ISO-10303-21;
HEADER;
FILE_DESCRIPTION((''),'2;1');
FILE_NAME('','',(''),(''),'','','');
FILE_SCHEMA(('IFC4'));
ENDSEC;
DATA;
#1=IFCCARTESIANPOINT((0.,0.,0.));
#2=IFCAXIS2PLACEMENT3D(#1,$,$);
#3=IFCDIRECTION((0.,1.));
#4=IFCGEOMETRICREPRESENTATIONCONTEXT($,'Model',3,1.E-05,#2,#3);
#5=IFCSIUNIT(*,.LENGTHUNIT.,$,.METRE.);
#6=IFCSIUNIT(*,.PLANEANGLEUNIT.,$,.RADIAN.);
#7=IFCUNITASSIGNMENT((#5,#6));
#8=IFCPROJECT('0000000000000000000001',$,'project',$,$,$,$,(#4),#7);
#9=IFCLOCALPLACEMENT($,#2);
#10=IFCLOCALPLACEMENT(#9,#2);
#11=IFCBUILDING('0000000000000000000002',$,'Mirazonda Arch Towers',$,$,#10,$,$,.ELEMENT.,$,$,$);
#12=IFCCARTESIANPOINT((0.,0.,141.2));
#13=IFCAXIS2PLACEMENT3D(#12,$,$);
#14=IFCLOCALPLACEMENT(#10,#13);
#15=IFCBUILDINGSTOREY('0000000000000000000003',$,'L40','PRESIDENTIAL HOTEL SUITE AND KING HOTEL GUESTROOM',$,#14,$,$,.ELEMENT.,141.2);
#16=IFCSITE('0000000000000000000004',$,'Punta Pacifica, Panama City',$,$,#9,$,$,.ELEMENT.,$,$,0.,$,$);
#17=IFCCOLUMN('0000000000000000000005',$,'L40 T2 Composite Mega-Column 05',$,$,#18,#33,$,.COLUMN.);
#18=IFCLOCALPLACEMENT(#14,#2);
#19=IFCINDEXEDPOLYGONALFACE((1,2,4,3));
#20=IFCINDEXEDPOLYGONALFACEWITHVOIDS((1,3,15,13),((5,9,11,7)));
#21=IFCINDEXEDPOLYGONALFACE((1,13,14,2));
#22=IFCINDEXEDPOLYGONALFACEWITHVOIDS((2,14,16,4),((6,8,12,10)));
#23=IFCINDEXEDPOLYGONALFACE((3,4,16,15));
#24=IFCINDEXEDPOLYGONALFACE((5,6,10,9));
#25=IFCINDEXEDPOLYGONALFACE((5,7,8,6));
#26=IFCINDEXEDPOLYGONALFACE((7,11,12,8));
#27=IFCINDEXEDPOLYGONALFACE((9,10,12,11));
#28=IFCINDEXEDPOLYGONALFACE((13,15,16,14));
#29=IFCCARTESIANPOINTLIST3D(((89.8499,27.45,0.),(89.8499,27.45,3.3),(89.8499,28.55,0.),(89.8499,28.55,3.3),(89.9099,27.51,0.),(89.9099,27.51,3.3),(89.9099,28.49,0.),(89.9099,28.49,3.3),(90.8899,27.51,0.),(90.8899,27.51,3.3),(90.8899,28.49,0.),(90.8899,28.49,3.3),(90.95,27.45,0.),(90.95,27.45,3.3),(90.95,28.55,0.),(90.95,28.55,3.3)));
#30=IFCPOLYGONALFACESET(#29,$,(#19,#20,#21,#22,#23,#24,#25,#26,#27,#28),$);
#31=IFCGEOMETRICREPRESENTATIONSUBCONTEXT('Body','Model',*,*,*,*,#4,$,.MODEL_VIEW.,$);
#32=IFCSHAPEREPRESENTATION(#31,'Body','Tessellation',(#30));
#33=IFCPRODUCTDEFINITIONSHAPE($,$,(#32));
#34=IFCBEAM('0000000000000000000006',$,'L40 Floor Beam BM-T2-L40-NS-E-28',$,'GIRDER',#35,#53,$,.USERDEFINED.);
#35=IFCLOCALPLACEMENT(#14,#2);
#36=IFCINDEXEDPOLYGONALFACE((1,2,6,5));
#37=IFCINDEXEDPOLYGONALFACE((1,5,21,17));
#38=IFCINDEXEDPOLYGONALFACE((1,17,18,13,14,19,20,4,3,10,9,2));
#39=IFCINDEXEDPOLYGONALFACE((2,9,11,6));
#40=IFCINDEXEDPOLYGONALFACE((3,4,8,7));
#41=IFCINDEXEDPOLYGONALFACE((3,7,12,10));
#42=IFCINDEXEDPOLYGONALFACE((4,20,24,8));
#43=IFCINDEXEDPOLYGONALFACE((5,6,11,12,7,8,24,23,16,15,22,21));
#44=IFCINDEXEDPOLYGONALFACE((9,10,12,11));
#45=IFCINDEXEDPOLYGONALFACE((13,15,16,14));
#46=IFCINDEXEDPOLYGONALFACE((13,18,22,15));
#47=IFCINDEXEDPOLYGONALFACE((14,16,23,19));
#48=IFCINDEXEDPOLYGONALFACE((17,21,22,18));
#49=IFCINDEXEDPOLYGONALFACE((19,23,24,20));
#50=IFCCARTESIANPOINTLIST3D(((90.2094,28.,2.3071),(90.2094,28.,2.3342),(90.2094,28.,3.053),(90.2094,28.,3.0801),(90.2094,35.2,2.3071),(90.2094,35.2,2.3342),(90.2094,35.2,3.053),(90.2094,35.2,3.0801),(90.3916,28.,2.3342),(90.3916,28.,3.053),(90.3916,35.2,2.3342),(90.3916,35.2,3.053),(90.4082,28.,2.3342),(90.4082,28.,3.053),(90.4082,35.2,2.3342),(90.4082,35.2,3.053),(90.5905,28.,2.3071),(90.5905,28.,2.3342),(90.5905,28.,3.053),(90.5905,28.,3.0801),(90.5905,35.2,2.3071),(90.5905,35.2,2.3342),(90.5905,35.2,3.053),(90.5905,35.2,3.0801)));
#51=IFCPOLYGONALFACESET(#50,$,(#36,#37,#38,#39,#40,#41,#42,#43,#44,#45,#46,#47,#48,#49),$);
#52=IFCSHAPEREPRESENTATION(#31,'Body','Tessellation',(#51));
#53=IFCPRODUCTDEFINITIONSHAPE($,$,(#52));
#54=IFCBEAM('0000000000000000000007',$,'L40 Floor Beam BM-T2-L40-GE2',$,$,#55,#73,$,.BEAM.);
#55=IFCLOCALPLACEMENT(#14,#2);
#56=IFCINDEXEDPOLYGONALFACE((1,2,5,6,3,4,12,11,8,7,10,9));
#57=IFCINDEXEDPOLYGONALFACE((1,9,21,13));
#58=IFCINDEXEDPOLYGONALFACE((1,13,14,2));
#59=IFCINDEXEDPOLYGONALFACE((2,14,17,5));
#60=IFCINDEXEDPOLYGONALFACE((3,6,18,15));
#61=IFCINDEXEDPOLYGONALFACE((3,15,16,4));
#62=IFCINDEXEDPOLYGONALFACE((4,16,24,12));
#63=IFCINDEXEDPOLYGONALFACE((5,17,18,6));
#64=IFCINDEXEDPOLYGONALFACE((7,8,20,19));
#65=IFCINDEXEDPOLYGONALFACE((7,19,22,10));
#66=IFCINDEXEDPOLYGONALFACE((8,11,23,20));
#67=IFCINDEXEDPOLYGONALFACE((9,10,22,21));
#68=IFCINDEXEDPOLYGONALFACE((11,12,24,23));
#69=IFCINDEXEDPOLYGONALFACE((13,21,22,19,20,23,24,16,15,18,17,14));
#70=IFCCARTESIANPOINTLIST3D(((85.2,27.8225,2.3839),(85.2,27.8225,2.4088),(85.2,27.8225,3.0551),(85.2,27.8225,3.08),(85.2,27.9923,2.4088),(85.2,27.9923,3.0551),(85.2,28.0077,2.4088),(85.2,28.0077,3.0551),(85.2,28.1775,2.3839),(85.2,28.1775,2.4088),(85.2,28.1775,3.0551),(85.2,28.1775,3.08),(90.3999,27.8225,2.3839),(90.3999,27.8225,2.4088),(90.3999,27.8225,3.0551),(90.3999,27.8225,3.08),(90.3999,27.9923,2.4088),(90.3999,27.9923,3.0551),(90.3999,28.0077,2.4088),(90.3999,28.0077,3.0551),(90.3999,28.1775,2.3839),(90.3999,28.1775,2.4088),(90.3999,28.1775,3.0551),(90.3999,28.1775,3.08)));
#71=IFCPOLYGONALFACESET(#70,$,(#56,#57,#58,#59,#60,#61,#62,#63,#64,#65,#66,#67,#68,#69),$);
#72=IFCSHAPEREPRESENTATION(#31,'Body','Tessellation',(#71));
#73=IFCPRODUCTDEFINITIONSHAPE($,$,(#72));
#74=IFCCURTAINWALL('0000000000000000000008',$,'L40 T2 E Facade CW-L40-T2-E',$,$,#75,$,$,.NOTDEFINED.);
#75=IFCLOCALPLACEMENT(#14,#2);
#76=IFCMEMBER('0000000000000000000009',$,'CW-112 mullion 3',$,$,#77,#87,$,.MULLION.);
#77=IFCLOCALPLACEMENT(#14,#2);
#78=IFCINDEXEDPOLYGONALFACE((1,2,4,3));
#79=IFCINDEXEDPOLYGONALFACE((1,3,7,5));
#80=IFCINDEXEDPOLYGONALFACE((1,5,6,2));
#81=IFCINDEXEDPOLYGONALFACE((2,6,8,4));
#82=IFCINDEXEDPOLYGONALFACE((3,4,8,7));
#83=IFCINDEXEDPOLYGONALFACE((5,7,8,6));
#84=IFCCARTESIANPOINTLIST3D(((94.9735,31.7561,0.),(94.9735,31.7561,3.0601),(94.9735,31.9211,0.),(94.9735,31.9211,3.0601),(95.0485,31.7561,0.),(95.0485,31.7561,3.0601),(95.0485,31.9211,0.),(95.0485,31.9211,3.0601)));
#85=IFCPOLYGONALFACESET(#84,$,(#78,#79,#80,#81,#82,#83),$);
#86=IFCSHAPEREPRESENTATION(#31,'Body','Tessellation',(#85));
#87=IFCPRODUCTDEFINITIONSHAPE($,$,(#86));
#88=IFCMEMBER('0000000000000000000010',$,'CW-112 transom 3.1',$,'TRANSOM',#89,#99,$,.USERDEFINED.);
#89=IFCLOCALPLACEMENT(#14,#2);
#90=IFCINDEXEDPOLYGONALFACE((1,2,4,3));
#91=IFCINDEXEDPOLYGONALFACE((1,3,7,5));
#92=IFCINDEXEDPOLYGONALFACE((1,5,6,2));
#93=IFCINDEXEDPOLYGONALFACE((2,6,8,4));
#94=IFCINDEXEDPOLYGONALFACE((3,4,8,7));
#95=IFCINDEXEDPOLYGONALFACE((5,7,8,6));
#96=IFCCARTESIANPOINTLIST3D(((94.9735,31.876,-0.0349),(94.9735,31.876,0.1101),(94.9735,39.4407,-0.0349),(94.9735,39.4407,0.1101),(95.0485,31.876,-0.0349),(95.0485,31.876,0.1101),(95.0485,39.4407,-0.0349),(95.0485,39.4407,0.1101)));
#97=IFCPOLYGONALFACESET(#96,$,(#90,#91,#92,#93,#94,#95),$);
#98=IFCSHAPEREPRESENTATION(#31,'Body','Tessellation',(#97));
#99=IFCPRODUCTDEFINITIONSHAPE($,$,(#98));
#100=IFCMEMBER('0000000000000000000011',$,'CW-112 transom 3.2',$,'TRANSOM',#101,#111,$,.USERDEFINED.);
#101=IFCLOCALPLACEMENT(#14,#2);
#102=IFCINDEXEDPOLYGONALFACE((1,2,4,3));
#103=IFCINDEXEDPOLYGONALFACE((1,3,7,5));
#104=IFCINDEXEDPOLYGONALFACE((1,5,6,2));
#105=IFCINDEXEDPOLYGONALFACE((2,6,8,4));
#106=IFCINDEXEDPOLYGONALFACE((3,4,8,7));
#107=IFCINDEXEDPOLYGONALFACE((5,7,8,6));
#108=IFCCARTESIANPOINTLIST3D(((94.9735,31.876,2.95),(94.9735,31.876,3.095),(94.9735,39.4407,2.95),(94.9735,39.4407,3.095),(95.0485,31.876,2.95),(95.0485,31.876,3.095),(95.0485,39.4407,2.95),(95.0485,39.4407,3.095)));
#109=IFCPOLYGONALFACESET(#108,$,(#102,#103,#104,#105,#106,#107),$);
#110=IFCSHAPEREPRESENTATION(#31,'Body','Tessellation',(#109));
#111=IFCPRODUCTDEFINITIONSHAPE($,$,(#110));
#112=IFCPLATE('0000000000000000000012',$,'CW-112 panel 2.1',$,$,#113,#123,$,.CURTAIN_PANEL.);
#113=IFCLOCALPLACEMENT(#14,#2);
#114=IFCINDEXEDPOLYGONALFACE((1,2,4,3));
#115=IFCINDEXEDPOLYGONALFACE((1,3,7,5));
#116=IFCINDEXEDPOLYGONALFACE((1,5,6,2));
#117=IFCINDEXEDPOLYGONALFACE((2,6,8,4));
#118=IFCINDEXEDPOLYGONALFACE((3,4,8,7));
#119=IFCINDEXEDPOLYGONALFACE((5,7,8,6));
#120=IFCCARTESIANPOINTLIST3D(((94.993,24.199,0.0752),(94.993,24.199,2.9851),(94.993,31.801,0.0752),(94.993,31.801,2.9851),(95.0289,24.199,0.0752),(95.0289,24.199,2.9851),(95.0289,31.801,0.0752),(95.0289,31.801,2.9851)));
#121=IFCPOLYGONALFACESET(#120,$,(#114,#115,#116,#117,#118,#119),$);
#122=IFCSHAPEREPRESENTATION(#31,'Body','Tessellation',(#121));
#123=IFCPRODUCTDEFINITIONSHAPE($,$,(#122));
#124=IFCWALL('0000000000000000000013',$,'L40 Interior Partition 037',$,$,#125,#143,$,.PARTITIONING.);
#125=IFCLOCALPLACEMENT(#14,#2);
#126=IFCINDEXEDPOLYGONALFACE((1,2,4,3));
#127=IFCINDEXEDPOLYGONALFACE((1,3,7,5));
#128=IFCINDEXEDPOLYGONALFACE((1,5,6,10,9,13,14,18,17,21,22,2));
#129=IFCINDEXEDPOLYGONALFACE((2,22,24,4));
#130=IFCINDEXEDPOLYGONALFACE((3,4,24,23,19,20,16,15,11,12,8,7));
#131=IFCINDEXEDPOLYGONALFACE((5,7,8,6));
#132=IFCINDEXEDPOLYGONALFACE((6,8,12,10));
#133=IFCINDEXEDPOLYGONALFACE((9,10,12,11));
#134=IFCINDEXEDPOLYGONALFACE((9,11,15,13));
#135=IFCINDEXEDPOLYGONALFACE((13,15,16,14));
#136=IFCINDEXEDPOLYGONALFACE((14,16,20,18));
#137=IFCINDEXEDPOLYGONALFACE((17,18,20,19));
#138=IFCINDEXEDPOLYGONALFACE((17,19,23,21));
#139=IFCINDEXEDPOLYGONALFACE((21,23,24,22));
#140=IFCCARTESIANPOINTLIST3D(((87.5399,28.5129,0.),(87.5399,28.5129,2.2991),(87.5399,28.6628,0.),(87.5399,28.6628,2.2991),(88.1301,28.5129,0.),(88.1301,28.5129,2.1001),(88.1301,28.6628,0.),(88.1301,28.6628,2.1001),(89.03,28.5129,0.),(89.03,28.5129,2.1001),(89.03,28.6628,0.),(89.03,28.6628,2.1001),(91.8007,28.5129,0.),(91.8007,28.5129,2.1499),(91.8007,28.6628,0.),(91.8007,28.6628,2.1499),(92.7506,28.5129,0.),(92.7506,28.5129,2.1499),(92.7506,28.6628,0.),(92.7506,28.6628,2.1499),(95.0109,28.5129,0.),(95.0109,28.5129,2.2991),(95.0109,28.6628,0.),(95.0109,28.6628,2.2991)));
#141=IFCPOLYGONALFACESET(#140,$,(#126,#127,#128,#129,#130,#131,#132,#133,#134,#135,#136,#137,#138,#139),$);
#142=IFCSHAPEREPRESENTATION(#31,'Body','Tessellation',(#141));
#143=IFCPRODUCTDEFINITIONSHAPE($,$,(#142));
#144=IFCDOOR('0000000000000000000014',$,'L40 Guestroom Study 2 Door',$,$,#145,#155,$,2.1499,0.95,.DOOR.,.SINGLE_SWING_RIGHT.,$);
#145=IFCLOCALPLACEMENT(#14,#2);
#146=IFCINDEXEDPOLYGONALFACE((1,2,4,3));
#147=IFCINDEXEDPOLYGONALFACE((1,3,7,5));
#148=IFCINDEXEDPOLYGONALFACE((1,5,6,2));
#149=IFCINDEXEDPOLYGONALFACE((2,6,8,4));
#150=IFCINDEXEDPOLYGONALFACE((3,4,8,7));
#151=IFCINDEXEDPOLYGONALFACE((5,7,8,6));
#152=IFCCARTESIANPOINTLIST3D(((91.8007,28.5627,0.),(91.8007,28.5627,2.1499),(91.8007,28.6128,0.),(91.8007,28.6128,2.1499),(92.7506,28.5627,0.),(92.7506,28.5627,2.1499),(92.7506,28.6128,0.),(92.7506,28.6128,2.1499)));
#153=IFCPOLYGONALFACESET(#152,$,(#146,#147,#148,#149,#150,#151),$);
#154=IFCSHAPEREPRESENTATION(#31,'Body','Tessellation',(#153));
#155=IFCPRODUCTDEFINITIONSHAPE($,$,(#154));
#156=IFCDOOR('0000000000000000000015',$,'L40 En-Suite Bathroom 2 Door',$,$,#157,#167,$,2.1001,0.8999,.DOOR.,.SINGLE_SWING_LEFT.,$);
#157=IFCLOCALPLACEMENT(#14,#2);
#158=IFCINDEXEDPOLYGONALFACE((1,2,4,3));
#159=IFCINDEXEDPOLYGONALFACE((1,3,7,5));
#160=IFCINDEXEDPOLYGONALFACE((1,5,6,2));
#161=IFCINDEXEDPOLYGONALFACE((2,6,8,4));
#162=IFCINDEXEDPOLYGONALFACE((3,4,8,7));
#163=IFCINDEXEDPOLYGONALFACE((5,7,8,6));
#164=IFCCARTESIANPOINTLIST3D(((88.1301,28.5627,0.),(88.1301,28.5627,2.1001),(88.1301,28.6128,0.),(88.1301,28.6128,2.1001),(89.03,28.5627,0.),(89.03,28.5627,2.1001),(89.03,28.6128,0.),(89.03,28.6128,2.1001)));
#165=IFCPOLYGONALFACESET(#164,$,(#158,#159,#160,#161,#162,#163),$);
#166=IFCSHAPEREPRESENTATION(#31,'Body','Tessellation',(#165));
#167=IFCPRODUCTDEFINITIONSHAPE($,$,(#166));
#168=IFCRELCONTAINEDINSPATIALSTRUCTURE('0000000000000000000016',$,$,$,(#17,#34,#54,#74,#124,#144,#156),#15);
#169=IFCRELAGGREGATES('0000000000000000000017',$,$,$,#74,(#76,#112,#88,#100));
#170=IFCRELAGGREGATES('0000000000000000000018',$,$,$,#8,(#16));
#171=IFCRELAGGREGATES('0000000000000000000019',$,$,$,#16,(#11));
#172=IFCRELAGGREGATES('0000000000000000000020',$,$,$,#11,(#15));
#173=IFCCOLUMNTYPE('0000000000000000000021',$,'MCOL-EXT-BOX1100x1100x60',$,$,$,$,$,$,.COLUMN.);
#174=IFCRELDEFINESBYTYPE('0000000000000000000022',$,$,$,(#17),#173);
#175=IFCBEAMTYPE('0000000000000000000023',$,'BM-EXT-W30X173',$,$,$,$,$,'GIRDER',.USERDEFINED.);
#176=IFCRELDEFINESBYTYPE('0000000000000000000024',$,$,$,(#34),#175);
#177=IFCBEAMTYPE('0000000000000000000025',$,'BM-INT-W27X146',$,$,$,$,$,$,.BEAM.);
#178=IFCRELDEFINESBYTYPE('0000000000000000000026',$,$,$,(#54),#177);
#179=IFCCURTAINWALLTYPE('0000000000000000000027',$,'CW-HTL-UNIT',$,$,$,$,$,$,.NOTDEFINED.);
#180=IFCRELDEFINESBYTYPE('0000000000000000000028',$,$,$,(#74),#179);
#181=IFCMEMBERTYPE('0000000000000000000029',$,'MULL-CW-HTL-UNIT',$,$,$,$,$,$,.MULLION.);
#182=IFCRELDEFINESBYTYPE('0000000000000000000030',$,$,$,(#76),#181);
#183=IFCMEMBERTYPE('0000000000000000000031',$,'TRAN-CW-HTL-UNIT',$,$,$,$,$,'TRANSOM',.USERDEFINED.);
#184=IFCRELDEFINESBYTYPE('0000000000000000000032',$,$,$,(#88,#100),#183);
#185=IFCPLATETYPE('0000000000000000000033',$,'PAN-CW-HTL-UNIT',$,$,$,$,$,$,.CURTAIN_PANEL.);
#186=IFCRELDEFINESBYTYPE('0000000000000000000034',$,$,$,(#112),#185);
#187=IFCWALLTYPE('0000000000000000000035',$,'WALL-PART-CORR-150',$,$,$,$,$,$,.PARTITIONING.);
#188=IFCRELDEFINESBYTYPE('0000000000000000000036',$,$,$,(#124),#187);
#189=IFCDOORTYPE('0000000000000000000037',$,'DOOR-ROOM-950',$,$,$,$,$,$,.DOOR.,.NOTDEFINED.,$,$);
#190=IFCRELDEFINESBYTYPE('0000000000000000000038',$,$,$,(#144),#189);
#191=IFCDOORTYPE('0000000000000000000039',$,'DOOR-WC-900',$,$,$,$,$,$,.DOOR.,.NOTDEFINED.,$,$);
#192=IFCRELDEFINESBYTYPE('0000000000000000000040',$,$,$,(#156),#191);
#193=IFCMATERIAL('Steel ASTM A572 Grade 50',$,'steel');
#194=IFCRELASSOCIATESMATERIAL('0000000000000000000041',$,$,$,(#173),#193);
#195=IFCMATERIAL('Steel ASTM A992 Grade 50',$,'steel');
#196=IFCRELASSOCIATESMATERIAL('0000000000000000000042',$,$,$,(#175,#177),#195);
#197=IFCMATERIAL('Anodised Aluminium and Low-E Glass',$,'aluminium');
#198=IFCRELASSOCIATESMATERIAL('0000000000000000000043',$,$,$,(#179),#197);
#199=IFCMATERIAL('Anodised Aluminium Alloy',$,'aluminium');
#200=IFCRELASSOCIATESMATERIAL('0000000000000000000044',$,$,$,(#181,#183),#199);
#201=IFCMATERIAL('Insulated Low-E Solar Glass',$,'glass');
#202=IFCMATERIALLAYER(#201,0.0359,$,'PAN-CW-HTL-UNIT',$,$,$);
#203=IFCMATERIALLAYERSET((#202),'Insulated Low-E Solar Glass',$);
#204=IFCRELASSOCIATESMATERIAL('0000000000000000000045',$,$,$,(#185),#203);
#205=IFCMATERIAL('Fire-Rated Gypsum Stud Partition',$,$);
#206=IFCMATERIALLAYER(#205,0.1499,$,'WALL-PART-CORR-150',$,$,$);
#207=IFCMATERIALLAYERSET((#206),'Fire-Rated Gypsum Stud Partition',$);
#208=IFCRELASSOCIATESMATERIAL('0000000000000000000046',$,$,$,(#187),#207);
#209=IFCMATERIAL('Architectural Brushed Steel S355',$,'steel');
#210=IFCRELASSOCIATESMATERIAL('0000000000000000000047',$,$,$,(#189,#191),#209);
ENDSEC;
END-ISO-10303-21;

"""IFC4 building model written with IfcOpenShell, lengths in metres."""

from ifc_helpers import new_model, si_unit, direction, frame, frame_2d, origin, origin_2d, place, context, subcontext, project, spatial, rectangle, hollow_rectangle, i_section, extrude, material, layer, layer_set, material_profile, profile_set, type_object, element, fill, aggregate, save


model = new_model("IFC4")

# Units and contexts
model_context = context("Model", 3, precision=1e-05, world=origin(), true_north=direction((0.0, 1.0)))
body_context = subcontext(model_context, "Body", "Model", "MODEL_VIEW")
ifc_project = project(units=[si_unit("LENGTHUNIT", "METRE"), si_unit("PLANEANGLEUNIT", "RADIAN")], contexts=[model_context])

# Site, building, storey
site_placement = place(None, origin())
site = spatial("IfcSite", under=ifc_project, at=site_placement, Name="Punta Pacifica, Panama City", CompositionType="ELEMENT", RefElevation=0.0)
building_placement = place(site_placement, origin())
building = spatial("IfcBuilding", under=site, at=building_placement, Name="Mirazonda Arch Towers", CompositionType="ELEMENT")
storey_placement = place(building_placement, frame((0.0, 0.0, 141.2)))
storey = spatial("IfcBuildingStorey", under=building, at=storey_placement, Name="L40", Description="PRESIDENTIAL HOTEL SUITE AND KING HOTEL GUESTROOM", CompositionType="ELEMENT", Elevation=141.2)

# Column
ifc_material_1 = material(Name="Steel ASTM A572 Grade 50", Category="steel")
ifc_material_profile_1 = material_profile(ifc_material_1, hollow_rectangle(XDim=1.1001, YDim=1.1001, WallThickness=0.0601, at=origin_2d()), Name="BOX1100x1100x60")
ifc_profile_set_1 = profile_set([ifc_material_profile_1], Name="Steel ASTM A572 Grade 50")
column_type = type_object("IfcColumnType", Name="MCOL-EXT-BOX1100x1100x60", PredefinedType="COLUMN", material=ifc_profile_set_1)
column_placement = place(storey_placement, frame((90.3999, 28.0, 0.0), z_axis=(0.0, 0.0, 1.0), x_axis=(1.0, 0.0, 0.0)))
element("IfcColumn", 1, at=column_placement, inside=storey, type_object=column_type, Name="L40 T2 Composite Mega-Column 05", PredefinedType="COLUMN", context=body_context, shape_type="SweptSolid", body=[
    extrude(hollow_rectangle(XDim=1.1001, YDim=1.1001, WallThickness=0.0601, at=origin_2d()), origin(), (0.0, 0.0, 1.0), 3.3),
])

# Beams
ifc_material_2 = material(Name="Steel ASTM A992 Grade 50", Category="steel")
ifc_material_profile_2 = material_profile(ifc_material_2, i_section(OverallWidth=0.3811, OverallDepth=0.7729, WebThickness=0.0166, FlangeThickness=0.0271, at=origin_2d()), Name="W30X173")
ifc_profile_set_2 = profile_set([ifc_material_profile_2], Name="Steel ASTM A992 Grade 50")
beam_type_1 = type_object("IfcBeamType", Name="BM-EXT-W30X173", ElementType="GIRDER", PredefinedType="USERDEFINED", material=ifc_profile_set_2)
beam_1_placement = place(storey_placement, frame((90.3999, 28.0, 2.6936), z_axis=(0.0, 1.0, 0.0), x_axis=(-1.0, 0.0, 0.0)))
element("IfcBeam", 2, at=beam_1_placement, inside=storey, type_object=beam_type_1, Name="L40 Floor Beam BM-T2-L40-NS-E-28", ObjectType="GIRDER", PredefinedType="USERDEFINED", context=body_context, shape_type="SweptSolid", body=[
    extrude(i_section(OverallWidth=0.3811, OverallDepth=0.7729, WebThickness=0.0166, FlangeThickness=0.0271, at=origin_2d()), origin(), (0.0, 0.0, 1.0), 7.2),
])
ifc_material_profile_3 = material_profile(ifc_material_2, i_section(OverallWidth=0.355, OverallDepth=0.696, WebThickness=0.0154, FlangeThickness=0.0249, at=origin_2d()), Name="W27X146")
ifc_profile_set_3 = profile_set([ifc_material_profile_3], Name="Steel ASTM A992 Grade 50")
beam_type_2 = type_object("IfcBeamType", Name="BM-INT-W27X146", PredefinedType="BEAM", material=ifc_profile_set_3)
beam_2_placement = place(storey_placement, frame((85.2, 28.0, 2.7319), z_axis=(1.0, 0.0, 0.0), x_axis=(0.0, 1.0, 0.0)))
element("IfcBeam", 3, at=beam_2_placement, inside=storey, type_object=beam_type_2, Name="L40 Floor Beam BM-T2-L40-GE2", PredefinedType="BEAM", context=body_context, shape_type="SweptSolid", body=[
    extrude(i_section(OverallWidth=0.355, OverallDepth=0.696, WebThickness=0.0154, FlangeThickness=0.0249, at=origin_2d()), origin(), (0.0, 0.0, 1.0), 5.2),
])

# Curtain wall, members, plate
ifc_material_3 = material(Name="Anodised Aluminium and Low-E Glass", Category="aluminium")
curtain_wall_type = type_object("IfcCurtainWallType", Name="CW-HTL-UNIT", PredefinedType="NOTDEFINED", material=ifc_material_3)
curtain_wall_placement = place(storey_placement, origin())
curtain_wall = element("IfcCurtainWall", 4, at=curtain_wall_placement, inside=storey, type_object=curtain_wall_type, Name="L40 T2 E Facade CW-L40-T2-E", PredefinedType="NOTDEFINED")
ifc_material_4 = material(Name="Anodised Aluminium Alloy", Category="aluminium")
ifc_material_profile_4 = material_profile(ifc_material_4, rectangle(XDim=0.075, YDim=0.165, at=origin_2d()), Name="ALU-MULL-75x165")
ifc_profile_set_4 = profile_set([ifc_material_profile_4], Name="Anodised Aluminium Alloy")
member_type_1 = type_object("IfcMemberType", Name="MULL-CW-HTL-UNIT", PredefinedType="MULLION", material=ifc_profile_set_4)
member_1_placement = place(storey_placement, frame((95.011, 31.8386, 0.0), z_axis=(0.0, 0.0, 1.0), x_axis=(-1.0, 0.0, 0.0)))
member_1 = element("IfcMember", 5, at=member_1_placement, type_object=member_type_1, Name="CW-112 mullion 3", PredefinedType="MULLION", context=body_context, shape_type="SweptSolid", body=[
    extrude(rectangle(XDim=0.075, YDim=0.165, at=origin_2d()), origin(), (0.0, 0.0, 1.0), 3.0601),
])
ifc_material_profile_5 = material_profile(ifc_material_4, rectangle(XDim=0.075, YDim=0.145, at=origin_2d()), Name="ALU-TRAN-75x145")
ifc_profile_set_5 = profile_set([ifc_material_profile_5], Name="Anodised Aluminium Alloy")
member_type_2 = type_object("IfcMemberType", Name="TRAN-CW-HTL-UNIT", ElementType="TRANSOM", PredefinedType="USERDEFINED", material=ifc_profile_set_5)
member_2_placement = place(storey_placement, frame((95.011, 31.876, 0.0376), z_axis=(0.0, 1.0, 0.0), x_axis=(-1.0, 0.0, 0.0)))
member_2 = element("IfcMember", 6, at=member_2_placement, type_object=member_type_2, Name="CW-112 transom 3.1", ObjectType="TRANSOM", PredefinedType="USERDEFINED", context=body_context, shape_type="SweptSolid", body=[
    extrude(rectangle(XDim=0.075, YDim=0.145, at=origin_2d()), origin(), (0.0, 0.0, 1.0), 7.5647),
])
member_3_placement = place(storey_placement, frame((95.011, 31.876, 3.0225), z_axis=(0.0, 1.0, 0.0), x_axis=(-1.0, 0.0, 0.0)))
member_3 = element("IfcMember", 7, at=member_3_placement, type_object=member_type_2, Name="CW-112 transom 3.2", ObjectType="TRANSOM", PredefinedType="USERDEFINED", context=body_context, shape_type="SweptSolid", body=[
    extrude(rectangle(XDim=0.075, YDim=0.145, at=origin_2d()), origin(), (0.0, 0.0, 1.0), 7.5647),
])
ifc_material_5 = material(Name="Insulated Low-E Solar Glass", Category="glass")
ifc_layer_1 = layer(ifc_material_5, 0.0359, Name="PAN-CW-HTL-UNIT")
ifc_layer_set_1 = layer_set([ifc_layer_1], Name="Insulated Low-E Solar Glass")
plate_type = type_object("IfcPlateType", Name="PAN-CW-HTL-UNIT", PredefinedType="CURTAIN_PANEL", material=ifc_layer_set_1)
plate_placement = place(storey_placement, frame((95.011, 28.0, 0.0752), z_axis=(0.0, 0.0, 1.0), x_axis=(0.0, 1.0, 0.0)))
plate = element("IfcPlate", 8, at=plate_placement, type_object=plate_type, Name="CW-112 panel 2.1", PredefinedType="CURTAIN_PANEL", context=body_context, shape_type="SweptSolid", body=[
    extrude(rectangle(XDim=7.6021, YDim=0.0359, at=origin_2d()), origin(), (0.0, 0.0, 1.0), 2.9099),
])
aggregate(curtain_wall, [member_1, plate, member_2, member_3])

# Wall, openings, doors
ifc_material_6 = material(Name="Fire-Rated Gypsum Stud Partition")
ifc_layer_2 = layer(ifc_material_6, 0.1499, Name="WALL-PART-CORR-150")
ifc_layer_set_2 = layer_set([ifc_layer_2], Name="Fire-Rated Gypsum Stud Partition")
wall_type_1 = type_object("IfcWallType", Name="WALL-PART-CORR-150", PredefinedType="PARTITIONING", material=ifc_layer_set_2)
wall_1_placement = place(storey_placement, frame((87.54, 28.5879, 0.0), z_axis=(0.0, 0.0, 1.0), x_axis=(1.0, 0.0, 0.0)))
wall_1 = element("IfcWall", 9, at=wall_1_placement, inside=storey, type_object=wall_type_1, Name="L40 Interior Partition 037", PredefinedType="PARTITIONING", context=body_context, shape_type="SweptSolid", body=[
    extrude(rectangle(XDim=7.4709, YDim=0.1499, at=frame_2d((3.7354, 0.0))), origin(), (0.0, 0.0, 1.0), 2.2991),
])
opening_1_placement = place(wall_1_placement, frame((4.2605, 0.0, 0.0)))
opening_1 = element("IfcOpeningElement", 10, at=opening_1_placement, cuts=wall_1, PredefinedType="OPENING", context=body_context, shape_type="SweptSolid", body=[
    extrude(rectangle(XDim=0.95, YDim=2.1499, at=frame_2d((0.4751, 1.075))), frame((0.0, 0.085, 0.0), z_axis=(0.0, -1.0, 0.0), x_axis=(1.0, 0.0, 0.0)), (0.0, 0.0, 1.0), 0.1699),
])
opening_2_placement = place(wall_1_placement, frame((0.5901, 0.0, 0.0)))
opening_2 = element("IfcOpeningElement", 11, at=opening_2_placement, cuts=wall_1, PredefinedType="OPENING", context=body_context, shape_type="SweptSolid", body=[
    extrude(rectangle(XDim=0.8999, YDim=2.1001, at=frame_2d((0.45, 1.05))), frame((0.0, 0.085, 0.0), z_axis=(0.0, -1.0, 0.0), x_axis=(1.0, 0.0, 0.0)), (0.0, 0.0, 1.0), 0.1699),
])
ifc_material_7 = material(Name="Architectural Brushed Steel S355", Category="steel")
door_type_1 = type_object("IfcDoorType", Name="DOOR-ROOM-950", OperationType="NOTDEFINED", PredefinedType="DOOR", material=ifc_material_7)
door_1_placement = place(opening_1_placement, origin())
door_1 = element("IfcDoor", 12, at=door_1_placement, inside=storey, type_object=door_type_1, Name="L40 Guestroom Study 2 Door", OperationType="SINGLE_SWING_RIGHT", OverallHeight=2.1499, OverallWidth=0.95, PredefinedType="DOOR", context=body_context, shape_type="SweptSolid", body=[
    extrude(rectangle(XDim=0.95, YDim=2.1499, at=frame_2d((0.4751, 1.075))), frame((0.0, 0.0249, 0.0), z_axis=(0.0, -1.0, 0.0), x_axis=(1.0, 0.0, 0.0)), (0.0, 0.0, 1.0), 0.05),
])
fill(opening_1, door_1)
door_type_2 = type_object("IfcDoorType", Name="DOOR-WC-900", OperationType="NOTDEFINED", PredefinedType="DOOR", material=ifc_material_7)
door_2_placement = place(opening_2_placement, origin())
door_2 = element("IfcDoor", 13, at=door_2_placement, inside=storey, type_object=door_type_2, Name="L40 En-Suite Bathroom 2 Door", OperationType="SINGLE_SWING_LEFT", OverallHeight=2.1001, OverallWidth=0.8999, PredefinedType="DOOR", context=body_context, shape_type="SweptSolid", body=[
    extrude(rectangle(XDim=0.8999, YDim=2.1001, at=frame_2d((0.45, 1.05))), frame((0.0, 0.0249, 0.0), z_axis=(0.0, -1.0, 0.0), x_axis=(1.0, 0.0, 0.0)), (0.0, 0.0, 1.0), 0.05),
])
fill(opening_2, door_2)

save(model, "model.ifc")
